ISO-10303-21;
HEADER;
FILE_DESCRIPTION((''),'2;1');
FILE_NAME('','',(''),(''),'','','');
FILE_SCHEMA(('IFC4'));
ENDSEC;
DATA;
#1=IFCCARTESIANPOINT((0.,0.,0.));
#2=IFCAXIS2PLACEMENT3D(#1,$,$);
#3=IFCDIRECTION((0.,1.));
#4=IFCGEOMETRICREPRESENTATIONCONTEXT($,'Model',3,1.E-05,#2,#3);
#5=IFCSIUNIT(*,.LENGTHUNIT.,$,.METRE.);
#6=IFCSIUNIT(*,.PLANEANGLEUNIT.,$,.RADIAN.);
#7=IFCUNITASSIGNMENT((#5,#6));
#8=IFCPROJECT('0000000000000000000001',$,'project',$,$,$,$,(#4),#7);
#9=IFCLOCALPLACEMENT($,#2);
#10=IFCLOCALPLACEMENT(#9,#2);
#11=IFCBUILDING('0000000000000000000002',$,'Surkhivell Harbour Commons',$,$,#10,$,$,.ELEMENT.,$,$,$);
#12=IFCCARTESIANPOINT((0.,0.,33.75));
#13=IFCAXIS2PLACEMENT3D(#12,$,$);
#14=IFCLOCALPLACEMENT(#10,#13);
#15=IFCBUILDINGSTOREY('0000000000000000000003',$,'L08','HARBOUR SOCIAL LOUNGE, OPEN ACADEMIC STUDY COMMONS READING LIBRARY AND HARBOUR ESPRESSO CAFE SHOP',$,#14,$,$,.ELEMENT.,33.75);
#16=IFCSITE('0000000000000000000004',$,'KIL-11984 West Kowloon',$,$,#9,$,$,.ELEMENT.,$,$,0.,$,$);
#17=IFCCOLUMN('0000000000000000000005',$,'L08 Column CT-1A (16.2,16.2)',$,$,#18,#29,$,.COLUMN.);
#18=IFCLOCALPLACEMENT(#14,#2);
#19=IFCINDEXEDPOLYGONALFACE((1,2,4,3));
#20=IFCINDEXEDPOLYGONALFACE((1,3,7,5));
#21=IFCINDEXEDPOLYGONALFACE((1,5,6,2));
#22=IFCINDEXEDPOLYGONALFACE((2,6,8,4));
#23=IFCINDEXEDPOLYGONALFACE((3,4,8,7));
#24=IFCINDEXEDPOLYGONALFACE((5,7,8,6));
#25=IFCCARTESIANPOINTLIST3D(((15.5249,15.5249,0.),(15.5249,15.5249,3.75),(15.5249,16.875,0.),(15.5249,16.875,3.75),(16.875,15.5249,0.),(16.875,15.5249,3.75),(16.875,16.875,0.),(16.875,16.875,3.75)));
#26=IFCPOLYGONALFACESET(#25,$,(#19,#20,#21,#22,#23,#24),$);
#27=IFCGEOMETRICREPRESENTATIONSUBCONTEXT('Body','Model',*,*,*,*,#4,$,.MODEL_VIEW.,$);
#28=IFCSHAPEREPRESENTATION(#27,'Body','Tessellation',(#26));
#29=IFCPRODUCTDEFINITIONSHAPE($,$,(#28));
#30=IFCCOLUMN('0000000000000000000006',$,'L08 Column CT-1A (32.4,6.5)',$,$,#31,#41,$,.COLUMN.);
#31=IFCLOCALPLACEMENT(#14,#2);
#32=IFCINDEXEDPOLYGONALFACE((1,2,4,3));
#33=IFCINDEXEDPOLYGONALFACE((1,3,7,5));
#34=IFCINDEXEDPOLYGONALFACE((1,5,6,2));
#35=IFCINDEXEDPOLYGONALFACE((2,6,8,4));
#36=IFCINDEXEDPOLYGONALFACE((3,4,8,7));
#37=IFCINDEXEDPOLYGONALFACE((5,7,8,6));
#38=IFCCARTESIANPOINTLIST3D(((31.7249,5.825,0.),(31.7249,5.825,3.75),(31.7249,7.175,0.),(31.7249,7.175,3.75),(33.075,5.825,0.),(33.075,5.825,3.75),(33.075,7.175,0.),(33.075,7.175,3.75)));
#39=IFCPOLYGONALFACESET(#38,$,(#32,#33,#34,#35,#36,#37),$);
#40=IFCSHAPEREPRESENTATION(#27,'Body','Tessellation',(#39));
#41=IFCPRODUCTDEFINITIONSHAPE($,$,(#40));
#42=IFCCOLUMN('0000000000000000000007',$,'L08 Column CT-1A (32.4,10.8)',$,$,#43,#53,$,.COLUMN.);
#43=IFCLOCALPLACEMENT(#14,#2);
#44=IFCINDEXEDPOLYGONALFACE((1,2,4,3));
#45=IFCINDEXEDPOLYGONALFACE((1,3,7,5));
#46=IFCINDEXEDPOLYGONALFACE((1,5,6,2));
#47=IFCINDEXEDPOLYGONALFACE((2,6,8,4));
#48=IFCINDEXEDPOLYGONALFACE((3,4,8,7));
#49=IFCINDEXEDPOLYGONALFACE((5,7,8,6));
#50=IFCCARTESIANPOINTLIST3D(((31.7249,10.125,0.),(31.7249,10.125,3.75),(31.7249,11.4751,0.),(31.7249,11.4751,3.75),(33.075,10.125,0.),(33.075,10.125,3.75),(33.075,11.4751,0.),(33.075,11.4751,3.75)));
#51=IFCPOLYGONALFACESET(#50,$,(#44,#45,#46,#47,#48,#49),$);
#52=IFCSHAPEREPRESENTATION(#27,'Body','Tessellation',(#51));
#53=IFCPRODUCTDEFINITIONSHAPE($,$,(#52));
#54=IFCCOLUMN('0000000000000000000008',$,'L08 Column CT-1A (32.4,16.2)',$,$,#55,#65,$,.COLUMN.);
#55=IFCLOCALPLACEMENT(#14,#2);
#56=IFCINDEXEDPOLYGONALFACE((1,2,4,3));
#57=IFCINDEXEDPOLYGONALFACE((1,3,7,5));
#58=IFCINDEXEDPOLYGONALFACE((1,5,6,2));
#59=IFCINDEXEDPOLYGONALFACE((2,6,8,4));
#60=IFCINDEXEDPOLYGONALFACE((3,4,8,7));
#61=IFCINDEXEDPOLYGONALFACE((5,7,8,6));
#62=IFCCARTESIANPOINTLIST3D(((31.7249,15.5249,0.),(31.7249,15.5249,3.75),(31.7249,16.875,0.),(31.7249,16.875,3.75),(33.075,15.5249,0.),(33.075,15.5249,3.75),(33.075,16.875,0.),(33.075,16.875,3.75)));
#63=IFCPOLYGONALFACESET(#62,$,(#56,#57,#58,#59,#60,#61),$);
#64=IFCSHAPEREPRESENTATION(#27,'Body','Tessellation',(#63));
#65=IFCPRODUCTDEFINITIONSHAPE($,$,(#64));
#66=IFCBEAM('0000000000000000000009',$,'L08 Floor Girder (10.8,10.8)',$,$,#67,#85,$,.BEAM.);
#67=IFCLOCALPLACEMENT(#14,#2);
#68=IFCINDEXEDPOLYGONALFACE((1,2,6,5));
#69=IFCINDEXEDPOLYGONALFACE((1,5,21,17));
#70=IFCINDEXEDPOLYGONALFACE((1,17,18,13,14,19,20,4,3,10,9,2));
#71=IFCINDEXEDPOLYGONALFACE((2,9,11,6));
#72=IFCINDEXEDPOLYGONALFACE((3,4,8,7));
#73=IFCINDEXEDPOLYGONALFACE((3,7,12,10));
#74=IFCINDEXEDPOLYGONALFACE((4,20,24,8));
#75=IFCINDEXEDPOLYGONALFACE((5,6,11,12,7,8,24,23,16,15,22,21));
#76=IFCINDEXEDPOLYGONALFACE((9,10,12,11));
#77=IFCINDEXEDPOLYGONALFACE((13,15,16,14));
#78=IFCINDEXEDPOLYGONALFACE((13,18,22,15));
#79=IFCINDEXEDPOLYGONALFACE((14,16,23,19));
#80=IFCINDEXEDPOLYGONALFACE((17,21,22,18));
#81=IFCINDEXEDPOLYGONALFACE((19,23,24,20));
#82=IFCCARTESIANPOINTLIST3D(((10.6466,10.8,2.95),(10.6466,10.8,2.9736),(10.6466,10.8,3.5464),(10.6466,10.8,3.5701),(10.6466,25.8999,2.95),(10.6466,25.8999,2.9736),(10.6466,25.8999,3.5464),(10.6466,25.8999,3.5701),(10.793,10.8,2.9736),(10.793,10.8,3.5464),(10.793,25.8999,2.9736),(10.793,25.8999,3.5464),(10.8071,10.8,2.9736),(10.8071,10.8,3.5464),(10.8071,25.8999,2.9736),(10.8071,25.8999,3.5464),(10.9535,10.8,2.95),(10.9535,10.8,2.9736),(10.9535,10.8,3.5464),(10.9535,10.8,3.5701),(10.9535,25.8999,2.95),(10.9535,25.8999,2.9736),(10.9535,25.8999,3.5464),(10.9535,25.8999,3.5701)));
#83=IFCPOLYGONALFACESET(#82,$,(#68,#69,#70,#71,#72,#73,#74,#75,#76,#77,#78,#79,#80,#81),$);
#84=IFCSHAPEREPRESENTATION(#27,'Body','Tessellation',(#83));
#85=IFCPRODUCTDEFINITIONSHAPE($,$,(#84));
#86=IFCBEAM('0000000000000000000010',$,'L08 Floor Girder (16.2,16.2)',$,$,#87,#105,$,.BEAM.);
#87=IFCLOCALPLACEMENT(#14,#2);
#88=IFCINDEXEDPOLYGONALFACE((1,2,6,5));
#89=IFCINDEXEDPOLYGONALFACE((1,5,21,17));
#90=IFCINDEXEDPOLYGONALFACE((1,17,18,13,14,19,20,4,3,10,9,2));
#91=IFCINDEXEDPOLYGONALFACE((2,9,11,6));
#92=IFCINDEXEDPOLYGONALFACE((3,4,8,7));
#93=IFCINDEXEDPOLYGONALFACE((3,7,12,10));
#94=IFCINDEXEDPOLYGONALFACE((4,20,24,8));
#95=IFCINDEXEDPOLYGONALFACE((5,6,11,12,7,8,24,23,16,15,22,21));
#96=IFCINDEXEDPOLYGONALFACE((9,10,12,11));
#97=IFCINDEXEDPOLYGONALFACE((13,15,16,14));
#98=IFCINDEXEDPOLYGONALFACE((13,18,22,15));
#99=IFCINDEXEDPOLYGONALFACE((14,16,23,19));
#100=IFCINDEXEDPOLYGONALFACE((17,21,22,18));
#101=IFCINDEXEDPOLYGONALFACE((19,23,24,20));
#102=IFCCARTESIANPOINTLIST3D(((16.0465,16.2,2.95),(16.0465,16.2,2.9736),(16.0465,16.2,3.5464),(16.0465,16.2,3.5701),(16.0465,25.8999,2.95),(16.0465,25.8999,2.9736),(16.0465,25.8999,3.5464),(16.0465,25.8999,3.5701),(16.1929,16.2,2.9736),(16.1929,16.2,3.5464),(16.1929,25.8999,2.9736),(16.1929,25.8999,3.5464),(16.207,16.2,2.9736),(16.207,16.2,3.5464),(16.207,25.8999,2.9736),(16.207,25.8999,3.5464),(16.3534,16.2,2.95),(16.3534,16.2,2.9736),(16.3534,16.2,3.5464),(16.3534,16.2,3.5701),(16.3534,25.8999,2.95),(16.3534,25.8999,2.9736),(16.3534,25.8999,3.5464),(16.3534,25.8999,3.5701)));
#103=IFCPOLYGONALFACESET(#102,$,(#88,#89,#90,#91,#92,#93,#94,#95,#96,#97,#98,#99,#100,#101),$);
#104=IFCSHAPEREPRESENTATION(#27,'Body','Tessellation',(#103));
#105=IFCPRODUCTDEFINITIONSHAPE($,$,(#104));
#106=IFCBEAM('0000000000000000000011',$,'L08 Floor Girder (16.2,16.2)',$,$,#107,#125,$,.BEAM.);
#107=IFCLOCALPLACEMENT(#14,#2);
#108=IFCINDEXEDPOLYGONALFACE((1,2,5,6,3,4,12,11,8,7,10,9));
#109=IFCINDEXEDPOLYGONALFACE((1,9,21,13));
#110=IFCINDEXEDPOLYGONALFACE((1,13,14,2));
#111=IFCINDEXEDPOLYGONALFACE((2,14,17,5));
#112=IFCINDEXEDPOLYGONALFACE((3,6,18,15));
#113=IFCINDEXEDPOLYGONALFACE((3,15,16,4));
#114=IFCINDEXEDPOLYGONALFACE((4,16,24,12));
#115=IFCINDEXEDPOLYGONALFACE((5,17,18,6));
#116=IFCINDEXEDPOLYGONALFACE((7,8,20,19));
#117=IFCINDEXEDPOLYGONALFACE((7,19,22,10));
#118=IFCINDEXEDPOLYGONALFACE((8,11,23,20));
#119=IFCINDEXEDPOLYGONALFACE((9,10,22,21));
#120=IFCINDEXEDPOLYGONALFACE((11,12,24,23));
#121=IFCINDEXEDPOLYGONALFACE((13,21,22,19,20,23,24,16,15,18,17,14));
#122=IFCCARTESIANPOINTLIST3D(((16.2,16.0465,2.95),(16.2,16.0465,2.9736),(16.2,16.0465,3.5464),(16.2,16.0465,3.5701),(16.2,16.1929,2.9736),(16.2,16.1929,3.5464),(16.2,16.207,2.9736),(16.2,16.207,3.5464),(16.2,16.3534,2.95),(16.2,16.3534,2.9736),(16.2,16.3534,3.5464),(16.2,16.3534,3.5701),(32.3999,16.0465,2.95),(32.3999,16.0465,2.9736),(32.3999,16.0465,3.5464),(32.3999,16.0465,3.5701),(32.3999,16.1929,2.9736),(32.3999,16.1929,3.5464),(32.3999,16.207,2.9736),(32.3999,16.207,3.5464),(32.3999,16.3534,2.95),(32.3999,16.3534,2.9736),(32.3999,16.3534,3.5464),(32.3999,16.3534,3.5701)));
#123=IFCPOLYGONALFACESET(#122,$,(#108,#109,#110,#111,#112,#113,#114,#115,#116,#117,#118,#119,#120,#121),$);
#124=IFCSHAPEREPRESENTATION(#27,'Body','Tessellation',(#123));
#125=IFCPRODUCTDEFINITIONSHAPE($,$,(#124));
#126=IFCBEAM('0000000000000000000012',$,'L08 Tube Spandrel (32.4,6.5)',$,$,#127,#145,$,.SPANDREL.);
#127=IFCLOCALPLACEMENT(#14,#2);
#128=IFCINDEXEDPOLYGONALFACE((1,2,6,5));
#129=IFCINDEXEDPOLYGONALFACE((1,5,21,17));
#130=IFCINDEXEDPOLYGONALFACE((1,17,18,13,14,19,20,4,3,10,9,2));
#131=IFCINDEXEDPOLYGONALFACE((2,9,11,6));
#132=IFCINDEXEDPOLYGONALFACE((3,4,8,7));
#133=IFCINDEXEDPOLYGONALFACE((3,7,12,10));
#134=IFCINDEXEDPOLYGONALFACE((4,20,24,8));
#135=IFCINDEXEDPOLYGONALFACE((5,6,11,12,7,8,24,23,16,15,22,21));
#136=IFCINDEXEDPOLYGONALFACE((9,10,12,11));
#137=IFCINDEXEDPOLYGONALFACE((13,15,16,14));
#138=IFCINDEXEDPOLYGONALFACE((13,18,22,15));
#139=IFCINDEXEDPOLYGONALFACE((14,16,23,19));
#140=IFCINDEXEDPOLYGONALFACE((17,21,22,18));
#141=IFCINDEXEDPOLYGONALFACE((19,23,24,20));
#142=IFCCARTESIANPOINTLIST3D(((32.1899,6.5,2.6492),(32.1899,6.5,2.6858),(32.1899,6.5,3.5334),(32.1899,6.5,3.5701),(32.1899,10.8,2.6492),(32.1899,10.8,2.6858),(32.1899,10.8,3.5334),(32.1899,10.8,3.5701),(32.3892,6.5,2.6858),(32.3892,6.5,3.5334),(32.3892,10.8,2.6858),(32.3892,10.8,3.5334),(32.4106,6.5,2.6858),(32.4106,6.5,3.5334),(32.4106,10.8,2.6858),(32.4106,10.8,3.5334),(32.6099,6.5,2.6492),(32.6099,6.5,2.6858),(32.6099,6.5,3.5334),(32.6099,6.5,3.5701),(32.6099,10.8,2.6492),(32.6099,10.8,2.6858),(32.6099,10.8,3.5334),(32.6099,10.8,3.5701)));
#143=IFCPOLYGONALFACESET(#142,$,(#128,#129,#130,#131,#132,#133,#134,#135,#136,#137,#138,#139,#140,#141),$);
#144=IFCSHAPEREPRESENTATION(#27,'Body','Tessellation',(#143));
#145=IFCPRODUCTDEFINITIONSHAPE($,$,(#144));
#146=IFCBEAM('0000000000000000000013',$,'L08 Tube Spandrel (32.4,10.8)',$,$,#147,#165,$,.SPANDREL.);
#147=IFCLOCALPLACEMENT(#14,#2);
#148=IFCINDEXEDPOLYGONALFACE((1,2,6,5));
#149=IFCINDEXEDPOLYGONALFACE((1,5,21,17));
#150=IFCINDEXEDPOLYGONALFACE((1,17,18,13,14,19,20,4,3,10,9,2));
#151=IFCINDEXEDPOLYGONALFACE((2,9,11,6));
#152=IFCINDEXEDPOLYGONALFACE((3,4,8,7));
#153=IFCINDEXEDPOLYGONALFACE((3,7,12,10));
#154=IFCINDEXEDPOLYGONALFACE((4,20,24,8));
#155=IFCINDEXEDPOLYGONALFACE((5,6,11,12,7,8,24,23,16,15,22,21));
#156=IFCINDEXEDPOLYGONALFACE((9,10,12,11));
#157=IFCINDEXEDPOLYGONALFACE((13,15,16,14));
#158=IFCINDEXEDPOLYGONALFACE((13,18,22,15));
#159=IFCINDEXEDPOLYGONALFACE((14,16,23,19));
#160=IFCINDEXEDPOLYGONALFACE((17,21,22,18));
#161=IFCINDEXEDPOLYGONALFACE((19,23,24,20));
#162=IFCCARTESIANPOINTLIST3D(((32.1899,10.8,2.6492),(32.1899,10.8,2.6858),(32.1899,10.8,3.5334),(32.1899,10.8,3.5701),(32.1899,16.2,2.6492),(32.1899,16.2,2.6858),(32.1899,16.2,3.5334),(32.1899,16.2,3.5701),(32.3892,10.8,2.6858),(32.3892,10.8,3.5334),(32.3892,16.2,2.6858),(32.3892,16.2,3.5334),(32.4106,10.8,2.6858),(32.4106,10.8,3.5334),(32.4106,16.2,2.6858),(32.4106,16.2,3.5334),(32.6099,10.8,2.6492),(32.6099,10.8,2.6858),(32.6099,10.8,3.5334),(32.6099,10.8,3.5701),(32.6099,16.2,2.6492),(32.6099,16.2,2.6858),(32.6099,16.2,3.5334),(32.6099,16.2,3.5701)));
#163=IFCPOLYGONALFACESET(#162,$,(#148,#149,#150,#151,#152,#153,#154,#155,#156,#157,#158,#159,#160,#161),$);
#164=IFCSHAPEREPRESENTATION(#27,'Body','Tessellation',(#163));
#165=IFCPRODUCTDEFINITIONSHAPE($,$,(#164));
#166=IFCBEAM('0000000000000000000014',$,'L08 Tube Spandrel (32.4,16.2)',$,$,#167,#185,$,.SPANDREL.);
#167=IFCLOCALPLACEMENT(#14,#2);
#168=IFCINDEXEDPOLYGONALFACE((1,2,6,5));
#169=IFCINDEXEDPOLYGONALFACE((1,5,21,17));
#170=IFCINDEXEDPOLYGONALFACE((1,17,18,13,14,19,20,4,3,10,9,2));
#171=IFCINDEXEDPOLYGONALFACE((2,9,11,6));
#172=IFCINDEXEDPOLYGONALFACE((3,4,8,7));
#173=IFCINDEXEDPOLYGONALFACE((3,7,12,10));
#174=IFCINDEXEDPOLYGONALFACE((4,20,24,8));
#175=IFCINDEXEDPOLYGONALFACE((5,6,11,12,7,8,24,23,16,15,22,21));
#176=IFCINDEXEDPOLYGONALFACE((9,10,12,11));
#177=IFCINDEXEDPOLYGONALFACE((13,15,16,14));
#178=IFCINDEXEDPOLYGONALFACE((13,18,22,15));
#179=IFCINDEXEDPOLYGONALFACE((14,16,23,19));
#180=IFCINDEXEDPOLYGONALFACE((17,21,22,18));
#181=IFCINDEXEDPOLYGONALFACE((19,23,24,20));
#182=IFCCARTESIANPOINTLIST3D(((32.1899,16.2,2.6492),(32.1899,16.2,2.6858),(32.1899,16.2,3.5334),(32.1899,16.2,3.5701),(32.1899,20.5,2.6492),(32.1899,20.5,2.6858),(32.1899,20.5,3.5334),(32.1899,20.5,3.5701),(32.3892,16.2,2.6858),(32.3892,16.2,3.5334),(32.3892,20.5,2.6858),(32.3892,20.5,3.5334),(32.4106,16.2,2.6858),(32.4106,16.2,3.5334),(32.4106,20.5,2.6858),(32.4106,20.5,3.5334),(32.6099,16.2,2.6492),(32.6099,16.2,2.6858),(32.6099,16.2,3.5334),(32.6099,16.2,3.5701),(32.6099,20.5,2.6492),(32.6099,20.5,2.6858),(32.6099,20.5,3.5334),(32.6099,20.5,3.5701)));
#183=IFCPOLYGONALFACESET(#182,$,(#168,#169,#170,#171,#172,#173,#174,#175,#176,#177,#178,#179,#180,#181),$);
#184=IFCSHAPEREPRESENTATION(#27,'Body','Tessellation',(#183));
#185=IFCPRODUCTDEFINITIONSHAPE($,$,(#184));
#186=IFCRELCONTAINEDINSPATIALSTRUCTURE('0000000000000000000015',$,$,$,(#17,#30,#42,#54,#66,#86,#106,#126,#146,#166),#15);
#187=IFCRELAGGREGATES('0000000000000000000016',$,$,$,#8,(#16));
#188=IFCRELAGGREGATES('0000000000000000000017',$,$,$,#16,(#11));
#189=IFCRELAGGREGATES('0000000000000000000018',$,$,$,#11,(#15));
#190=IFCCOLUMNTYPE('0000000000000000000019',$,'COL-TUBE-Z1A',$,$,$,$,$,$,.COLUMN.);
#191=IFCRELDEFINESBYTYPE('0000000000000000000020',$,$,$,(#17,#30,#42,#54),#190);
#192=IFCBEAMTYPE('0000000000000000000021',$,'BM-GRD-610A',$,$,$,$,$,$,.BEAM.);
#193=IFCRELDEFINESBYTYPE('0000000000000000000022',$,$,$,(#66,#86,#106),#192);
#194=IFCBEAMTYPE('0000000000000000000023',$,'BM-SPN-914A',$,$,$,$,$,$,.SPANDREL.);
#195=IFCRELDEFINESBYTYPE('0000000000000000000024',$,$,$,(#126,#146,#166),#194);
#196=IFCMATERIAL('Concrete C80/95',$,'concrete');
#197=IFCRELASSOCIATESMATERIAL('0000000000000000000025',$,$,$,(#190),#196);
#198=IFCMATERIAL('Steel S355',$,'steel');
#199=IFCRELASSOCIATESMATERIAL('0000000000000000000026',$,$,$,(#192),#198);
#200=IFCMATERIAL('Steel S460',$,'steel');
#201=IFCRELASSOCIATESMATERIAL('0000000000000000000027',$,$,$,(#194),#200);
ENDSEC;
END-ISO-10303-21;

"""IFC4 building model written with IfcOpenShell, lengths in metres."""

from ifc_helpers import new_model, si_unit, direction, frame, origin, origin_2d, place, context, subcontext, project, spatial, rectangle, i_section, extrude, material, material_profile, profile_set, type_object, element, save


model = new_model("IFC4")

# Units and contexts
model_context = context("Model", 3, precision=1e-05, world=origin(), true_north=direction((0.0, 1.0)))
body_context = subcontext(model_context, "Body", "Model", "MODEL_VIEW")
ifc_project = project(units=[si_unit("LENGTHUNIT", "METRE"), si_unit("PLANEANGLEUNIT", "RADIAN")], contexts=[model_context])

# Site, building, storey
site_placement = place(None, origin())
site = spatial("IfcSite", under=ifc_project, at=site_placement, Name="KIL-11984 West Kowloon", CompositionType="ELEMENT", RefElevation=0.0)
building_placement = place(site_placement, origin())
building = spatial("IfcBuilding", under=site, at=building_placement, Name="Surkhivell Harbour Commons", CompositionType="ELEMENT")
storey_placement = place(building_placement, frame((0.0, 0.0, 33.75)))
storey = spatial("IfcBuildingStorey", under=building, at=storey_placement, Name="L08", Description="HARBOUR SOCIAL LOUNGE, OPEN ACADEMIC STUDY COMMONS READING LIBRARY AND HARBOUR ESPRESSO CAFE SHOP", CompositionType="ELEMENT", Elevation=33.75)

# Columns
ifc_material_1 = material(Name="Concrete C80/95", Category="concrete")
ifc_material_profile_1 = material_profile(ifc_material_1, rectangle(XDim=1.3501, YDim=1.3501, at=origin_2d()), Name="RC-COL-1350x1350")
ifc_profile_set_1 = profile_set([ifc_material_profile_1], Name="Concrete C80/95")
column_type = type_object("IfcColumnType", Name="COL-TUBE-Z1A", PredefinedType="COLUMN", material=ifc_profile_set_1)
for number, where, z_axis, x_axis, name in (
    (1, (16.2, 16.2, 0.0), (0.0, 0.0, 1.0), (1.0, 0.0, 0.0), "L08 Column CT-1A (16.2,16.2)"),
    (2, (32.3999, 6.5, 0.0), (0.0, 0.0, 1.0), (1.0, 0.0, 0.0), "L08 Column CT-1A (32.4,6.5)"),
    (3, (32.3999, 10.8, 0.0), (0.0, 0.0, 1.0), (1.0, 0.0, 0.0), "L08 Column CT-1A (32.4,10.8)"),
    (4, (32.3999, 16.2, 0.0), (0.0, 0.0, 1.0), (1.0, 0.0, 0.0), "L08 Column CT-1A (32.4,16.2)"),
):
    element("IfcColumn", number, at=place(storey_placement, frame(where, z_axis=z_axis, x_axis=x_axis)), inside=storey, type_object=column_type, Name=name, PredefinedType="COLUMN", context=body_context, shape_type="SweptSolid", body=[
        extrude(rectangle(XDim=1.3501, YDim=1.3501, at=origin_2d()), origin(), (0.0, 0.0, 1.0), 3.75),
    ])

# Beams
ifc_material_2 = material(Name="Steel S355", Category="steel")
ifc_material_profile_2 = material_profile(ifc_material_2, i_section(OverallWidth=0.3069, OverallDepth=0.6201, WebThickness=0.0142, FlangeThickness=0.0237, at=origin_2d()), Name="UB610x305x179")
ifc_profile_set_2 = profile_set([ifc_material_profile_2], Name="Steel S355")
beam_type_1 = type_object("IfcBeamType", Name="BM-GRD-610A", PredefinedType="BEAM", material=ifc_profile_set_2)
beam_1_placement = place(storey_placement, frame((10.8, 10.8, 3.26), z_axis=(0.0, 1.0, 0.0), x_axis=(-1.0, 0.0, 0.0)))
element("IfcBeam", 5, at=beam_1_placement, inside=storey, type_object=beam_type_1, Name="L08 Floor Girder (10.8,10.8)", PredefinedType="BEAM", context=body_context, shape_type="SweptSolid", body=[
    extrude(i_section(OverallWidth=0.3069, OverallDepth=0.6201, WebThickness=0.0142, FlangeThickness=0.0237, at=origin_2d()), origin(), (0.0, 0.0, 1.0), 15.0999),
])
beam_2_placement = place(storey_placement, frame((16.2, 16.2, 3.26), z_axis=(0.0, 1.0, 0.0), x_axis=(-1.0, 0.0, 0.0)))
element("IfcBeam", 6, at=beam_2_placement, inside=storey, type_object=beam_type_1, Name="L08 Floor Girder (16.2,16.2)", PredefinedType="BEAM", context=body_context, shape_type="SweptSolid", body=[
    extrude(i_section(OverallWidth=0.3069, OverallDepth=0.6201, WebThickness=0.0142, FlangeThickness=0.0237, at=origin_2d()), origin(), (0.0, 0.0, 1.0), 9.7),
])
beam_3_placement = place(storey_placement, frame((16.2, 16.2, 3.26), z_axis=(1.0, 0.0, 0.0), x_axis=(0.0, 1.0, 0.0)))
element("IfcBeam", 7, at=beam_3_placement, inside=storey, type_object=beam_type_1, Name="L08 Floor Girder (16.2,16.2)", PredefinedType="BEAM", context=body_context, shape_type="SweptSolid", body=[
    extrude(i_section(OverallWidth=0.3069, OverallDepth=0.6201, WebThickness=0.0142, FlangeThickness=0.0237, at=origin_2d()), origin(), (0.0, 0.0, 1.0), 16.2),
])
ifc_material_3 = material(Name="Steel S460", Category="steel")
ifc_material_profile_3 = material_profile(ifc_material_3, i_section(OverallWidth=0.4199, OverallDepth=0.9209, WebThickness=0.0215, FlangeThickness=0.0366, at=origin_2d()), Name="UB914x419x388")
ifc_profile_set_3 = profile_set([ifc_material_profile_3], Name="Steel S460")
beam_type_2 = type_object("IfcBeamType", Name="BM-SPN-914A", PredefinedType="SPANDREL", material=ifc_profile_set_3)
beam_4_placement = place(storey_placement, frame((32.3999, 6.5, 3.1096), z_axis=(0.0, 1.0, 0.0), x_axis=(-1.0, 0.0, 0.0)))
element("IfcBeam", 8, at=beam_4_placement, inside=storey, type_object=beam_type_2, Name="L08 Tube Spandrel (32.4,6.5)", PredefinedType="SPANDREL", context=body_context, shape_type="SweptSolid", body=[
    extrude(i_section(OverallWidth=0.4199, OverallDepth=0.9209, WebThickness=0.0215, FlangeThickness=0.0366, at=origin_2d()), origin(), (0.0, 0.0, 1.0), 4.3),
])
beam_5_placement = place(storey_placement, frame((32.3999, 10.8, 3.1096), z_axis=(0.0, 1.0, 0.0), x_axis=(-1.0, 0.0, 0.0)))
element("IfcBeam", 9, at=beam_5_placement, inside=storey, type_object=beam_type_2, Name="L08 Tube Spandrel (32.4,10.8)", PredefinedType="SPANDREL", context=body_context, shape_type="SweptSolid", body=[
    extrude(i_section(OverallWidth=0.4199, OverallDepth=0.9209, WebThickness=0.0215, FlangeThickness=0.0366, at=origin_2d()), origin(), (0.0, 0.0, 1.0), 5.3999),
])
beam_6_placement = place(storey_placement, frame((32.3999, 16.2, 3.1096), z_axis=(0.0, 1.0, 0.0), x_axis=(-1.0, 0.0, 0.0)))
element("IfcBeam", 10, at=beam_6_placement, inside=storey, type_object=beam_type_2, Name="L08 Tube Spandrel (32.4,16.2)", PredefinedType="SPANDREL", context=body_context, shape_type="SweptSolid", body=[
    extrude(i_section(OverallWidth=0.4199, OverallDepth=0.9209, WebThickness=0.0215, FlangeThickness=0.0366, at=origin_2d()), origin(), (0.0, 0.0, 1.0), 4.3),
])

save(model, "model.ifc")
